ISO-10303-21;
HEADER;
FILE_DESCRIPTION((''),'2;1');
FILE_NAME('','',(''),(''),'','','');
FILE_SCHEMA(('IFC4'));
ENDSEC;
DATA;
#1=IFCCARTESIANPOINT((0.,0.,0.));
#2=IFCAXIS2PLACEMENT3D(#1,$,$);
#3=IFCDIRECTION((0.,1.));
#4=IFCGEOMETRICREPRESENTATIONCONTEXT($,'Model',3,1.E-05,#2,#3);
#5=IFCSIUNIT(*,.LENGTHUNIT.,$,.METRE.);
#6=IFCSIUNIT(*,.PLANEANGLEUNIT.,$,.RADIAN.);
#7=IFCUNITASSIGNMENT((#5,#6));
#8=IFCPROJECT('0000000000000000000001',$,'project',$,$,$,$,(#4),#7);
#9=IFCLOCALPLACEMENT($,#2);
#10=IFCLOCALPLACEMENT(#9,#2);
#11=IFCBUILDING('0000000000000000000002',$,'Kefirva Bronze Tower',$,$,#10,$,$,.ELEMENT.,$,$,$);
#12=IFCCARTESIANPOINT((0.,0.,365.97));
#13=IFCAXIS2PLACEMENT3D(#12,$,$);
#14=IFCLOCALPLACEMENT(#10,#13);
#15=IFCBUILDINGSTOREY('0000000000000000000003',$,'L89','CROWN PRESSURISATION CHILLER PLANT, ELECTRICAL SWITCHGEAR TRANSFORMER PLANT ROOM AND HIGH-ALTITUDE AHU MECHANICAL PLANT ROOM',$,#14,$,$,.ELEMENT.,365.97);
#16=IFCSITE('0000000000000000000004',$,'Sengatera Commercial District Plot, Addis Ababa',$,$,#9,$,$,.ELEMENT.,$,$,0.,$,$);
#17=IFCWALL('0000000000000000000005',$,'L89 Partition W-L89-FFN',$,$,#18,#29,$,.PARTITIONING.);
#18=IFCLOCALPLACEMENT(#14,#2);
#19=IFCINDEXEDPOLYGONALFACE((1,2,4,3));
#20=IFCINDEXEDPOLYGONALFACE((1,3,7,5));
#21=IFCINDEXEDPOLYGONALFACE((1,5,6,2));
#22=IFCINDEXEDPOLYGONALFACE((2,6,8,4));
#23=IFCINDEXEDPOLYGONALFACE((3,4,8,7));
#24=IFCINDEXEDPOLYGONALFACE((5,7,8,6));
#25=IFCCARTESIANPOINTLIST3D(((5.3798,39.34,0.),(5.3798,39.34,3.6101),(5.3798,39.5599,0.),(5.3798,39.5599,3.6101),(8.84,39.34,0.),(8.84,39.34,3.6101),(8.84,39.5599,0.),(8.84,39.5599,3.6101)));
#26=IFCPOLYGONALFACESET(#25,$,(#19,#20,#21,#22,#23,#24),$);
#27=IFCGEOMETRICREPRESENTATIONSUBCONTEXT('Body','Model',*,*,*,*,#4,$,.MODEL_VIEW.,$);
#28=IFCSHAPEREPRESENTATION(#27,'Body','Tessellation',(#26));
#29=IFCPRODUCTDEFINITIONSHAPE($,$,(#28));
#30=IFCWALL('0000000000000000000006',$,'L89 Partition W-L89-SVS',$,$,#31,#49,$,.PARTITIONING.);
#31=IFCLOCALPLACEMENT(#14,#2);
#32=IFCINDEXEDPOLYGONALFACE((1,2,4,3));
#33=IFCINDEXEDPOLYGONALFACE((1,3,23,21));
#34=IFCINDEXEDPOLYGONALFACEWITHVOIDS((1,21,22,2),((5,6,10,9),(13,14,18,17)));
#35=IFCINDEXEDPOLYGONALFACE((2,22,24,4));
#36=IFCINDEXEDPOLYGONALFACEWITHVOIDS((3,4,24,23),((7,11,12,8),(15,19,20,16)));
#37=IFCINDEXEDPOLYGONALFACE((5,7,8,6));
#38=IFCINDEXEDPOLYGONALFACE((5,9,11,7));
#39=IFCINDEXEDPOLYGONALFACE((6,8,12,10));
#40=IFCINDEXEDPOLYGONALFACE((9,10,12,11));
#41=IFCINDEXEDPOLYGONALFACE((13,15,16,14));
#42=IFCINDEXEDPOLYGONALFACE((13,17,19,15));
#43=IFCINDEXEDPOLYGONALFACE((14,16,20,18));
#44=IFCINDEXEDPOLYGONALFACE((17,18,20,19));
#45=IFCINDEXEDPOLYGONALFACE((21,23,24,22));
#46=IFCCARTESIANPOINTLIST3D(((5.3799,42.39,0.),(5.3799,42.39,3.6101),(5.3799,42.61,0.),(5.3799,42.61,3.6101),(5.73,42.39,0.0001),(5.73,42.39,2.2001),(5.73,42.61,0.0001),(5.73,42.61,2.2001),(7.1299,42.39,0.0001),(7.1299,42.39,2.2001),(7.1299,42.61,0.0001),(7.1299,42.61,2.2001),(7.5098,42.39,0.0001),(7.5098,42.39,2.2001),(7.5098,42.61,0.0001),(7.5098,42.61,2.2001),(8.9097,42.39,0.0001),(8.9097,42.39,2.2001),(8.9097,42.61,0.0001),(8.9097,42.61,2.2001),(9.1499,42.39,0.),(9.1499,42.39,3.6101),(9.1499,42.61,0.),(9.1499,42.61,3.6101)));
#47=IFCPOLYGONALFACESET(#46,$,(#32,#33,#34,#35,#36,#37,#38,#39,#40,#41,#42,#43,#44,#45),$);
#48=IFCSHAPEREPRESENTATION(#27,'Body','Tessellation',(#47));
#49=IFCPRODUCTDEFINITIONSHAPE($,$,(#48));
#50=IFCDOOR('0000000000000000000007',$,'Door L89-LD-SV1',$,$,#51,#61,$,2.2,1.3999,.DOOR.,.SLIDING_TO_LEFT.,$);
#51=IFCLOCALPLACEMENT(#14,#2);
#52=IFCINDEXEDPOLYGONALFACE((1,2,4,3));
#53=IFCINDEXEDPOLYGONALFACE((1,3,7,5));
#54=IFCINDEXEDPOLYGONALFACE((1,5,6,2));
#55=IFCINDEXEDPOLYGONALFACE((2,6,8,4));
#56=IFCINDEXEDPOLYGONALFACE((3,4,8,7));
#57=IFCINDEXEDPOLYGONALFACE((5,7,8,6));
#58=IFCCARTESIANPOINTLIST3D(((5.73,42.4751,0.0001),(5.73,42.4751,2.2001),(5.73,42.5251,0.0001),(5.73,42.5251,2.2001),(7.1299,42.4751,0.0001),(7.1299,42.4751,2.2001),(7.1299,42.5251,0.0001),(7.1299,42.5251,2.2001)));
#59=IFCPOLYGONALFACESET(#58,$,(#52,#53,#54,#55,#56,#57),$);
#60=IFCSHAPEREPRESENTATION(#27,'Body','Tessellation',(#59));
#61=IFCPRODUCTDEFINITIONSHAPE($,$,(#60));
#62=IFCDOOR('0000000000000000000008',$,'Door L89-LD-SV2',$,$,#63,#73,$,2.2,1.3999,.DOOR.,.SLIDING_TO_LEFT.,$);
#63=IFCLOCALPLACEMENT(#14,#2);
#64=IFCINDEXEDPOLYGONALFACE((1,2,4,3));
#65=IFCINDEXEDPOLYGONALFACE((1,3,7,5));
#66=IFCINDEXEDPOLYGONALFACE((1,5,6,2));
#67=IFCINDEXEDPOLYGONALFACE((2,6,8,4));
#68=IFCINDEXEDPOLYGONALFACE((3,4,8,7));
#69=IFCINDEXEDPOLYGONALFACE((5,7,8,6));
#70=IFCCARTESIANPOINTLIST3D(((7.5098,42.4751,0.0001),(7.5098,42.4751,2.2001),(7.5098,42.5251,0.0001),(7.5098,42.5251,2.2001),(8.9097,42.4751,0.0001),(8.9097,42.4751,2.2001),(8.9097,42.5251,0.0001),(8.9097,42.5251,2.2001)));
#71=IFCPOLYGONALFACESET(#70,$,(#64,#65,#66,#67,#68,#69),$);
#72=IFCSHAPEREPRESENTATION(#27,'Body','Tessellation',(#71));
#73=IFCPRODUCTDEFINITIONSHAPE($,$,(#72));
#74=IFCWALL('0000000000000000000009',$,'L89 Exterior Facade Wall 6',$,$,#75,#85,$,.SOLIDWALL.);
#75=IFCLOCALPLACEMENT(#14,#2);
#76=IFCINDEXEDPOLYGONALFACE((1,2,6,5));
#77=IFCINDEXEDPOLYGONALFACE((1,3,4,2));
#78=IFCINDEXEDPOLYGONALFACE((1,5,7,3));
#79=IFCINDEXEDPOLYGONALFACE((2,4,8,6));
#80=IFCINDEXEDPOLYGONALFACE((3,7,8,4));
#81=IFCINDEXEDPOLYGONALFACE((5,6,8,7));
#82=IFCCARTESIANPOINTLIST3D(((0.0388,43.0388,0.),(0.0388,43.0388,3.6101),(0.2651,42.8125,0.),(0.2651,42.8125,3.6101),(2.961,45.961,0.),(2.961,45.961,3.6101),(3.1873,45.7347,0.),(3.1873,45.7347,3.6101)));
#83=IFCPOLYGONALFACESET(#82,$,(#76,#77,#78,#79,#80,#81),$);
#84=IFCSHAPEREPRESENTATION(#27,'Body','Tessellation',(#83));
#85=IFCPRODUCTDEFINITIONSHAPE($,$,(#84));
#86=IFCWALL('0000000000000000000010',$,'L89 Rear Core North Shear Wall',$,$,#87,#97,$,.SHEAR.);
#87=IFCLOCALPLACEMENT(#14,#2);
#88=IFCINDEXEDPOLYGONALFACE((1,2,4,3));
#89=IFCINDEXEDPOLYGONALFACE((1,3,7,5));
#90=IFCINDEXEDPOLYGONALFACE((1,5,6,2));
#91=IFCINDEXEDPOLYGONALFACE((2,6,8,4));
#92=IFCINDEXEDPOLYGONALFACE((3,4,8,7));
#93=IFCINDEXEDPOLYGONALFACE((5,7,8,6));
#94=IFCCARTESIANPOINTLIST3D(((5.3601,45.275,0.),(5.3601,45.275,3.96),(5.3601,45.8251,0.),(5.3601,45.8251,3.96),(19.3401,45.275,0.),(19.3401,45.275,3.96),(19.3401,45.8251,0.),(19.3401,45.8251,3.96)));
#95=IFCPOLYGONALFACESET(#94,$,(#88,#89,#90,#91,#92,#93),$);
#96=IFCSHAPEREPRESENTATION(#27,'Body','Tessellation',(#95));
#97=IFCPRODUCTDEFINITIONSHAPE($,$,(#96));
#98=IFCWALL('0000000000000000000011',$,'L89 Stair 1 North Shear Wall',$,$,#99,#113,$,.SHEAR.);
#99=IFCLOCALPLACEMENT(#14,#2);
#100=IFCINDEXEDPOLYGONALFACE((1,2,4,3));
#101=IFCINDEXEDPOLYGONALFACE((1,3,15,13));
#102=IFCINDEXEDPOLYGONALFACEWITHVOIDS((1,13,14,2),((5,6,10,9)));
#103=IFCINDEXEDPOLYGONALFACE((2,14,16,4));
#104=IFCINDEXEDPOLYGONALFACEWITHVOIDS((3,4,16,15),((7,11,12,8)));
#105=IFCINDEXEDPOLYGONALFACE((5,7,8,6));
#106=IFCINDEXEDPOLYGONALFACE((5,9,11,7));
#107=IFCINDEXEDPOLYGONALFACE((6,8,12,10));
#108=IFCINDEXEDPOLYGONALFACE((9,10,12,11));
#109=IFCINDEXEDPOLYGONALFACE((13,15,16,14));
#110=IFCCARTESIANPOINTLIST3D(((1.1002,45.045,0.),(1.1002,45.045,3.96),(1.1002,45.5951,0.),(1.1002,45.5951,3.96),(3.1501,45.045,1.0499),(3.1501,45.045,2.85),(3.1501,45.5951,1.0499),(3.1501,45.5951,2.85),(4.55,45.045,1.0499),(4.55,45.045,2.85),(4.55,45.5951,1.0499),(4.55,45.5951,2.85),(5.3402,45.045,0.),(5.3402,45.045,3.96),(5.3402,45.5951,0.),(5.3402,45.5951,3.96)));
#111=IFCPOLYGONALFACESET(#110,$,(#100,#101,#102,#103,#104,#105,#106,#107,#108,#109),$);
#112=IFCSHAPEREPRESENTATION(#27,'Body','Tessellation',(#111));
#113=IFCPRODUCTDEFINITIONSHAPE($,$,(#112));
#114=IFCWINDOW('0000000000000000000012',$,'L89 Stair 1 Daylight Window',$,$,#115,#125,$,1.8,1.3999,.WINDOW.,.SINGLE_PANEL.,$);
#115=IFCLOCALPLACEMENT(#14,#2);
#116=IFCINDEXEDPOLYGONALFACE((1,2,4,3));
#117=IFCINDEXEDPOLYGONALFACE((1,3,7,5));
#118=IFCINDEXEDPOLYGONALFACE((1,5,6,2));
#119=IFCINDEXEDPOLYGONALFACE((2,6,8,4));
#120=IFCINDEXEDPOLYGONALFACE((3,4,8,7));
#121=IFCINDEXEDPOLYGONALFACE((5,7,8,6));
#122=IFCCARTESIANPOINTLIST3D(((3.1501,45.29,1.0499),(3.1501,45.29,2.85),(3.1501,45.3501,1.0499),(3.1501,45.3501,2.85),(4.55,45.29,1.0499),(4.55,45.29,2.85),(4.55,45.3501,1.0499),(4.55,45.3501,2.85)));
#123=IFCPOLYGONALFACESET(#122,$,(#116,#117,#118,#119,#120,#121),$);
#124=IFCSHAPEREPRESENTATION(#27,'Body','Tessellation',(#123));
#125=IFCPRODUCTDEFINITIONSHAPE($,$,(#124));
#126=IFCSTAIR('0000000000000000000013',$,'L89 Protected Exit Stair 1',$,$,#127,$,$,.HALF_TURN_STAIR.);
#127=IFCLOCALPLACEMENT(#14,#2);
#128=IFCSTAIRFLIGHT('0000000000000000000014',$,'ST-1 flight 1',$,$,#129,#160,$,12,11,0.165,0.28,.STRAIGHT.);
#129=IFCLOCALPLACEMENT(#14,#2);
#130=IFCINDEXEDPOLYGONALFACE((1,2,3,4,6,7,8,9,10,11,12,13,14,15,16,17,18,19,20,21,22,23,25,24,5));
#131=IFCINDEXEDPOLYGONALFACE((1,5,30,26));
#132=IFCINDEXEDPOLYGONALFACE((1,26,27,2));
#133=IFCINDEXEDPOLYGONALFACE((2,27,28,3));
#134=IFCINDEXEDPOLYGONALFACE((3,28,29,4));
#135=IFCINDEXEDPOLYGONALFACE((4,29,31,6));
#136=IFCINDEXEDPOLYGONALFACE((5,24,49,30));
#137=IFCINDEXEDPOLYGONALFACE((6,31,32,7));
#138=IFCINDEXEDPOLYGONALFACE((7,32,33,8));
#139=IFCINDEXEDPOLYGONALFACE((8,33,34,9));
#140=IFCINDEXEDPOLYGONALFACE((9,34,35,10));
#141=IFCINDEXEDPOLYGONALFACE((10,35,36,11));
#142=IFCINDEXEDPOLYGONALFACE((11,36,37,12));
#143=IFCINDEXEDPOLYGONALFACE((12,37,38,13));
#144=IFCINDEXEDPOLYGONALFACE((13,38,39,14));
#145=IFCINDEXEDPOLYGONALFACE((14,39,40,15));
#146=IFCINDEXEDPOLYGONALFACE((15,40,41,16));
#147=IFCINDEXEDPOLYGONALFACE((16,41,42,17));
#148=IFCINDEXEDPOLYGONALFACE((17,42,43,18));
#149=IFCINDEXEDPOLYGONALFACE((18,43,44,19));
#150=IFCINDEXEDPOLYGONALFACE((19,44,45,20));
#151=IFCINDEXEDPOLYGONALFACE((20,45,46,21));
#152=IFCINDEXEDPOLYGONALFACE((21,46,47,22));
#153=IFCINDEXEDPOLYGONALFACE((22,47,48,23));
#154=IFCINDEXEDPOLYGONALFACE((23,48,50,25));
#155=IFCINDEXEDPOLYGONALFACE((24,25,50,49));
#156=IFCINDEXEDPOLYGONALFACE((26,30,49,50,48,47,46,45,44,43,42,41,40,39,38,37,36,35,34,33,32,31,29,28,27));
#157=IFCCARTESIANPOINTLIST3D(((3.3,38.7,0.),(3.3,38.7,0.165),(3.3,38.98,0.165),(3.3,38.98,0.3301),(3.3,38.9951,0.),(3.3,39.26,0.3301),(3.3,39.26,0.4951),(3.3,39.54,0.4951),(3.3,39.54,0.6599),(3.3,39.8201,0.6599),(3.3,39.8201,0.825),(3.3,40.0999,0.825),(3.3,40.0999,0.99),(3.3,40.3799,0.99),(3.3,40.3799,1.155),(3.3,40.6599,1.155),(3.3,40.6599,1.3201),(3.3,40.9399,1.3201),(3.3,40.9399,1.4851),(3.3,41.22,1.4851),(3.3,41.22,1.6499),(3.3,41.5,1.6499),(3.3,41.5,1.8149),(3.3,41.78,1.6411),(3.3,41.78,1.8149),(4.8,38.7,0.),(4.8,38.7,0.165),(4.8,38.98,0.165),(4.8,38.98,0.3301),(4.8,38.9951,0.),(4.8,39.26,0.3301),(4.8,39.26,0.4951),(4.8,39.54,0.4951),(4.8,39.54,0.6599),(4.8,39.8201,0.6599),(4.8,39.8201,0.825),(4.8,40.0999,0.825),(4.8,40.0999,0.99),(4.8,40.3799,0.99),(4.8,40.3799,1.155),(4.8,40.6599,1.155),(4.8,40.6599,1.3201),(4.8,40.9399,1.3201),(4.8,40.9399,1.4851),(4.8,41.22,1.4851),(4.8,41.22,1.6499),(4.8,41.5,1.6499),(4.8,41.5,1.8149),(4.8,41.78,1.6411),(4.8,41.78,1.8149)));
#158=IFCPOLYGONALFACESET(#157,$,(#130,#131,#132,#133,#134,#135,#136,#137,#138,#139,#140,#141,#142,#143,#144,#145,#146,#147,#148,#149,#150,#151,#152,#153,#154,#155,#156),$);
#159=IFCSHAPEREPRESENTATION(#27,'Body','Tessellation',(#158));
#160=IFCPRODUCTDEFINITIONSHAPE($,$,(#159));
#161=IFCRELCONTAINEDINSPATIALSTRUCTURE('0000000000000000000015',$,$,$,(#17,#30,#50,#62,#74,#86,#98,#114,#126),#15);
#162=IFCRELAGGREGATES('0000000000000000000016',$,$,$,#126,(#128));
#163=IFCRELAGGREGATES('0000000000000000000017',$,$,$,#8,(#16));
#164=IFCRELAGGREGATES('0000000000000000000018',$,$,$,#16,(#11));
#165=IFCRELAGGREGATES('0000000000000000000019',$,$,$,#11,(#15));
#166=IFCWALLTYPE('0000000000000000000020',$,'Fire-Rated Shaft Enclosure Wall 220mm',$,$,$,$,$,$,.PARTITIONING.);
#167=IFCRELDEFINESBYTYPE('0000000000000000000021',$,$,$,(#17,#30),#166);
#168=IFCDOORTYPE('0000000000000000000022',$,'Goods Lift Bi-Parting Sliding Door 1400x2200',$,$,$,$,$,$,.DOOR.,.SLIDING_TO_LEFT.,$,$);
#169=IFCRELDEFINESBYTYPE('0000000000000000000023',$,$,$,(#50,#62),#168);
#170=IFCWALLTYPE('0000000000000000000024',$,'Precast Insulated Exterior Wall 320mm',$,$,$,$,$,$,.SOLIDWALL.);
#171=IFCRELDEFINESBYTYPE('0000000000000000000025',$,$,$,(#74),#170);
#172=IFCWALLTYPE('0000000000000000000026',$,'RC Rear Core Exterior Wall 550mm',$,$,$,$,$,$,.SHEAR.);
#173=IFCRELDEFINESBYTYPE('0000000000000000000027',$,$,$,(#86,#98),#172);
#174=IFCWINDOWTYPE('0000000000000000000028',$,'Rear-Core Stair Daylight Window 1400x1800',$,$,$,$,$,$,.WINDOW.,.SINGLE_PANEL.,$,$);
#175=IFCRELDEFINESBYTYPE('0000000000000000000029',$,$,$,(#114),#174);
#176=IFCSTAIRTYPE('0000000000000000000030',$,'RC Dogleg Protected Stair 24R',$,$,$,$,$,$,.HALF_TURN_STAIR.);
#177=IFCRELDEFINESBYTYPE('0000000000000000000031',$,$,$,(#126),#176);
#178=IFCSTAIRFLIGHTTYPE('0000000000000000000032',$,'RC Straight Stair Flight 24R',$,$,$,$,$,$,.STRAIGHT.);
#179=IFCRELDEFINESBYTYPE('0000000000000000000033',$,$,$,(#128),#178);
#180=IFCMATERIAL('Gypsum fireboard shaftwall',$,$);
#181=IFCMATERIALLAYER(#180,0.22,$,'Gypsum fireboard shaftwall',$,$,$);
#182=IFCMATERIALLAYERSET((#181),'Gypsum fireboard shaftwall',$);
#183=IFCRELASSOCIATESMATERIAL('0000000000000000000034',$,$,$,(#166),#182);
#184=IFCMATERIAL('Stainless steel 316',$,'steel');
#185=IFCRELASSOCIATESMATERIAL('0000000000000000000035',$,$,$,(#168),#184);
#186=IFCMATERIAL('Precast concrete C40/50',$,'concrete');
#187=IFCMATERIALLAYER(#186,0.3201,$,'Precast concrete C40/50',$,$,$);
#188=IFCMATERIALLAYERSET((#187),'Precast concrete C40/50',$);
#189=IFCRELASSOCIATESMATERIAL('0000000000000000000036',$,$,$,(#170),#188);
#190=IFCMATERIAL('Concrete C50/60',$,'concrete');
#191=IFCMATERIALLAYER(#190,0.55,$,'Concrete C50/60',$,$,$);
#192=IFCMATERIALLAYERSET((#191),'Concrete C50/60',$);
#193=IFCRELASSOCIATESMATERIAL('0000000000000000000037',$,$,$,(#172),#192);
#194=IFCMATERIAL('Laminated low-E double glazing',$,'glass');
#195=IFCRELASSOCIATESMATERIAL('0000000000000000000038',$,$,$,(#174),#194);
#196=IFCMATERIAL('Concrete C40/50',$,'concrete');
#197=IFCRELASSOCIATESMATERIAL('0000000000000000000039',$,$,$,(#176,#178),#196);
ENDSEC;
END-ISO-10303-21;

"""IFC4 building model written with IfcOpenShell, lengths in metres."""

from ifc_helpers import new_model, si_unit, direction, frame, frame_2d, origin, place, context, subcontext, project, spatial, polyline, rectangle, outline, extrude, material, layer, layer_set, type_object, element, fill, aggregate, save


model = new_model("IFC4")

# Units and contexts
model_context = context("Model", 3, precision=1e-05, world=origin(), true_north=direction((0.0, 1.0)))
body_context = subcontext(model_context, "Body", "Model", "MODEL_VIEW")
ifc_project = project(units=[si_unit("LENGTHUNIT", "METRE"), si_unit("PLANEANGLEUNIT", "RADIAN")], contexts=[model_context])

# Site, building, storey
site_placement = place(None, origin())
site = spatial("IfcSite", under=ifc_project, at=site_placement, Name="Sengatera Commercial District Plot, Addis Ababa", CompositionType="ELEMENT", RefElevation=0.0)
building_placement = place(site_placement, origin())
building = spatial("IfcBuilding", under=site, at=building_placement, Name="Kefirva Bronze Tower", CompositionType="ELEMENT")
storey_placement = place(building_placement, frame((0.0, 0.0, 365.97)))
storey = spatial("IfcBuildingStorey", under=building, at=storey_placement, Name="L89", Description="CROWN PRESSURISATION CHILLER PLANT, ELECTRICAL SWITCHGEAR TRANSFORMER PLANT ROOM AND HIGH-ALTITUDE AHU MECHANICAL PLANT ROOM", CompositionType="ELEMENT", Elevation=365.97)

# Wall
ifc_material_1 = material(Name="Gypsum fireboard shaftwall")
ifc_layer_1 = layer(ifc_material_1, 0.22, Name="Gypsum fireboard shaftwall")
ifc_layer_set_1 = layer_set([ifc_layer_1], Name="Gypsum fireboard shaftwall")
wall_type_1 = type_object("IfcWallType", Name="Fire-Rated Shaft Enclosure Wall 220mm", PredefinedType="PARTITIONING", material=ifc_layer_set_1)
wall_1_placement = place(storey_placement, frame((5.3799, 39.45, 0.0), z_axis=(0.0, 0.0, 1.0), x_axis=(1.0, 0.0, 0.0)))
element("IfcWall", 1, at=wall_1_placement, inside=storey, type_object=wall_type_1, Name="L89 Partition W-L89-FFN", PredefinedType="PARTITIONING", context=body_context, shape_type="SweptSolid", body=[
    extrude(rectangle(XDim=3.4602, YDim=0.22, at=frame_2d((1.73, 0.0))), origin(), (0.0, 0.0, 1.0), 3.6101),
])

# Wall, openings, doors
wall_2_placement = place(storey_placement, frame((5.3799, 42.5, 0.0), z_axis=(0.0, 0.0, 1.0), x_axis=(1.0, 0.0, 0.0)))
wall_2 = element("IfcWall", 2, at=wall_2_placement, inside=storey, type_object=wall_type_1, Name="L89 Partition W-L89-SVS", PredefinedType="PARTITIONING", context=body_context, shape_type="SweptSolid", body=[
    extrude(rectangle(XDim=3.77, YDim=0.22, at=frame_2d((1.885, 0.0))), origin(), (0.0, 0.0, 1.0), 3.6101),
])
opening_1_placement = place(wall_2_placement, frame((1.75, 0.0, 0.0), z_axis=(0.0, 0.0, 1.0), x_axis=(-1.0, 0.0, 0.0)))
opening_1 = element("IfcOpeningElement", 3, at=opening_1_placement, cuts=wall_2, PredefinedType="OPENING", context=body_context, shape_type="SweptSolid", body=[
    extrude(rectangle(XDim=1.3999, YDim=2.2, at=frame_2d((0.7, 1.1001))), frame((0.0, 0.1201, 0.0), z_axis=(0.0, -1.0, 0.0), x_axis=(1.0, 0.0, 0.0)), (0.0, 0.0, 1.0), 0.24),
])
opening_2_placement = place(wall_2_placement, frame((3.5298, 0.0, 0.0), z_axis=(0.0, 0.0, 1.0), x_axis=(-1.0, 0.0, 0.0)))
opening_2 = element("IfcOpeningElement", 4, at=opening_2_placement, cuts=wall_2, PredefinedType="OPENING", context=body_context, shape_type="SweptSolid", body=[
    extrude(rectangle(XDim=1.3999, YDim=2.2, at=frame_2d((0.7, 1.1001))), frame((0.0, 0.1201, 0.0), z_axis=(0.0, -1.0, 0.0), x_axis=(1.0, 0.0, 0.0)), (0.0, 0.0, 1.0), 0.24),
])
ifc_material_2 = material(Name="Stainless steel 316", Category="steel")
door_type = type_object("IfcDoorType", Name="Goods Lift Bi-Parting Sliding Door 1400x2200", OperationType="SLIDING_TO_LEFT", PredefinedType="DOOR", material=ifc_material_2)
door_1_placement = place(opening_1_placement, origin())
door_1 = element("IfcDoor", 5, at=door_1_placement, inside=storey, type_object=door_type, Name="Door L89-LD-SV1", OperationType="SLIDING_TO_LEFT", OverallHeight=2.2, OverallWidth=1.3999, PredefinedType="DOOR", context=body_context, shape_type="SweptSolid", body=[
    extrude(rectangle(XDim=1.3999, YDim=2.2, at=frame_2d((0.7, 1.1001))), frame((0.0, 0.0249, 0.0), z_axis=(0.0, -1.0, 0.0), x_axis=(1.0, 0.0, 0.0)), (0.0, 0.0, 1.0), 0.05),
])
fill(opening_1, door_1)
door_2_placement = place(opening_2_placement, origin())
door_2 = element("IfcDoor", 6, at=door_2_placement, inside=storey, type_object=door_type, Name="Door L89-LD-SV2", OperationType="SLIDING_TO_LEFT", OverallHeight=2.2, OverallWidth=1.3999, PredefinedType="DOOR", context=body_context, shape_type="SweptSolid", body=[
    extrude(rectangle(XDim=1.3999, YDim=2.2, at=frame_2d((0.7, 1.1001))), frame((0.0, 0.0249, 0.0), z_axis=(0.0, -1.0, 0.0), x_axis=(1.0, 0.0, 0.0)), (0.0, 0.0, 1.0), 0.05),
])
fill(opening_2, door_2)

# Walls
ifc_material_3 = material(Name="Precast concrete C40/50", Category="concrete")
ifc_layer_2 = layer(ifc_material_3, 0.3201, Name="Precast concrete C40/50")
ifc_layer_set_2 = layer_set([ifc_layer_2], Name="Precast concrete C40/50")
wall_type_2 = type_object("IfcWallType", Name="Precast Insulated Exterior Wall 320mm", PredefinedType="SOLIDWALL", material=ifc_layer_set_2)
wall_3_placement = place(storey_placement, frame((3.0742, 45.8479, 0.0), z_axis=(0.0, 0.0, 1.0), x_axis=(-0.707107, -0.707107, 0.0)))
element("IfcWall", 7, at=wall_3_placement, inside=storey, type_object=wall_type_2, Name="L89 Exterior Facade Wall 6", PredefinedType="SOLIDWALL", context=body_context, shape_type="SweptSolid", body=[
    extrude(rectangle(XDim=4.1326, YDim=0.3201, at=frame_2d((2.0664, 0.0))), origin(), (0.0, 0.0, 1.0), 3.6101),
])
ifc_material_4 = material(Name="Concrete C50/60", Category="concrete")
ifc_layer_3 = layer(ifc_material_4, 0.55, Name="Concrete C50/60")
ifc_layer_set_3 = layer_set([ifc_layer_3], Name="Concrete C50/60")
wall_type_3 = type_object("IfcWallType", Name="RC Rear Core Exterior Wall 550mm", PredefinedType="SHEAR", material=ifc_layer_set_3)
wall_4_placement = place(storey_placement, frame((5.3601, 45.55, 0.0), z_axis=(0.0, 0.0, 1.0), x_axis=(1.0, 0.0, 0.0)))
element("IfcWall", 8, at=wall_4_placement, inside=storey, type_object=wall_type_3, Name="L89 Rear Core North Shear Wall", PredefinedType="SHEAR", context=body_context, shape_type="SweptSolid", body=[
    extrude(rectangle(XDim=13.98, YDim=0.55, at=frame_2d((6.99, 0.0))), origin(), (0.0, 0.0, 1.0), 3.96),
])

# Wall, opening, window
wall_5_placement = place(storey_placement, frame((1.1001, 45.3201, 0.0), z_axis=(0.0, 0.0, 1.0), x_axis=(1.0, 0.0, 0.0)))
wall_5 = element("IfcWall", 9, at=wall_5_placement, inside=storey, type_object=wall_type_3, Name="L89 Stair 1 North Shear Wall", PredefinedType="SHEAR", context=body_context, shape_type="SweptSolid", body=[
    extrude(rectangle(XDim=4.24, YDim=0.55, at=frame_2d((2.1201, 0.0))), origin(), (0.0, 0.0, 1.0), 3.96),
])
opening_3_placement = place(wall_5_placement, frame((2.05, 0.0, 1.05)))
opening_3 = element("IfcOpeningElement", 10, at=opening_3_placement, cuts=wall_5, PredefinedType="OPENING", context=body_context, shape_type="SweptSolid", body=[
    extrude(rectangle(XDim=1.3999, YDim=1.8, at=frame_2d((0.7, 0.8999))), frame((0.0, 0.2852, 0.0), z_axis=(0.0, -1.0, 0.0), x_axis=(1.0, 0.0, 0.0)), (0.0, 0.0, 1.0), 0.5701),
])
ifc_material_5 = material(Name="Laminated low-E double glazing", Category="glass")
window_type = type_object("IfcWindowType", Name="Rear-Core Stair Daylight Window 1400x1800", PartitioningType="SINGLE_PANEL", PredefinedType="WINDOW", material=ifc_material_5)
window_placement = place(opening_3_placement, origin())
window = element("IfcWindow", 11, at=window_placement, inside=storey, type_object=window_type, Name="L89 Stair 1 Daylight Window", OverallHeight=1.8, OverallWidth=1.3999, PartitioningType="SINGLE_PANEL", PredefinedType="WINDOW", context=body_context, shape_type="SweptSolid", body=[
    extrude(rectangle(XDim=1.3999, YDim=1.8, at=frame_2d((0.7, 0.8999))), frame((0.0, 0.03, 0.0), z_axis=(0.0, -1.0, 0.0), x_axis=(1.0, 0.0, 0.0)), (0.0, 0.0, 1.0), 0.0601),
])
fill(opening_3, window)

# Stair, stair flight
ifc_material_6 = material(Name="Concrete C40/50", Category="concrete")
stair_type = type_object("IfcStairType", Name="RC Dogleg Protected Stair 24R", PredefinedType="HALF_TURN_STAIR", material=ifc_material_6)
stair_placement = place(storey_placement, origin())
stair = element("IfcStair", 12, at=stair_placement, inside=storey, type_object=stair_type, Name="L89 Protected Exit Stair 1", PredefinedType="HALF_TURN_STAIR")
stair_flight_type = type_object("IfcStairFlightType", Name="RC Straight Stair Flight 24R", PredefinedType="STRAIGHT", material=ifc_material_6)
stair_flight_1_placement = place(storey_placement, frame((4.05, 38.7, 0.0), z_axis=(0.0, 0.0, 1.0), x_axis=(0.0, 1.0, 0.0)))
stair_flight_1 = element("IfcStairFlight", 13, at=stair_flight_1_placement, type_object=stair_flight_type, Name="ST-1 flight 1", NumberOfRisers=12, NumberOfTreads=11, PredefinedType="STRAIGHT", RiserHeight=0.165, TreadLength=0.28, context=body_context, shape_type="SweptSolid", body=[
    extrude(outline(polyline([(0.0, 0.0), (0.0, 0.165), (0.28, 0.165), (0.28, 0.3301), (0.5601, 0.3301), (0.5601, 0.4951), (0.8401, 0.4951), (0.8401, 0.6599), (1.1201, 0.6599), (1.1201, 0.825), (1.3999, 0.825), (1.3999, 0.99), (1.6799, 0.99), (1.6799, 1.155), (1.96, 1.155), (1.96, 1.3201), (2.24, 1.3201), (2.24, 1.4851), (2.52, 1.4851), (2.52, 1.6499), (2.8, 1.6499), (2.8, 1.8149), (3.0801, 1.8149), (3.0801, 1.98), (3.0801, 1.6411), (0.2952, 0.0), (0.0, 0.0)])), frame((0.0, 0.75, 0.0), z_axis=(0.0, -1.0, 0.0), x_axis=(1.0, 0.0, 0.0)), (0.0, 0.0, 1.0), 1.5),
])
aggregate(stair, [stair_flight_1])

save(model, "model.ifc")
